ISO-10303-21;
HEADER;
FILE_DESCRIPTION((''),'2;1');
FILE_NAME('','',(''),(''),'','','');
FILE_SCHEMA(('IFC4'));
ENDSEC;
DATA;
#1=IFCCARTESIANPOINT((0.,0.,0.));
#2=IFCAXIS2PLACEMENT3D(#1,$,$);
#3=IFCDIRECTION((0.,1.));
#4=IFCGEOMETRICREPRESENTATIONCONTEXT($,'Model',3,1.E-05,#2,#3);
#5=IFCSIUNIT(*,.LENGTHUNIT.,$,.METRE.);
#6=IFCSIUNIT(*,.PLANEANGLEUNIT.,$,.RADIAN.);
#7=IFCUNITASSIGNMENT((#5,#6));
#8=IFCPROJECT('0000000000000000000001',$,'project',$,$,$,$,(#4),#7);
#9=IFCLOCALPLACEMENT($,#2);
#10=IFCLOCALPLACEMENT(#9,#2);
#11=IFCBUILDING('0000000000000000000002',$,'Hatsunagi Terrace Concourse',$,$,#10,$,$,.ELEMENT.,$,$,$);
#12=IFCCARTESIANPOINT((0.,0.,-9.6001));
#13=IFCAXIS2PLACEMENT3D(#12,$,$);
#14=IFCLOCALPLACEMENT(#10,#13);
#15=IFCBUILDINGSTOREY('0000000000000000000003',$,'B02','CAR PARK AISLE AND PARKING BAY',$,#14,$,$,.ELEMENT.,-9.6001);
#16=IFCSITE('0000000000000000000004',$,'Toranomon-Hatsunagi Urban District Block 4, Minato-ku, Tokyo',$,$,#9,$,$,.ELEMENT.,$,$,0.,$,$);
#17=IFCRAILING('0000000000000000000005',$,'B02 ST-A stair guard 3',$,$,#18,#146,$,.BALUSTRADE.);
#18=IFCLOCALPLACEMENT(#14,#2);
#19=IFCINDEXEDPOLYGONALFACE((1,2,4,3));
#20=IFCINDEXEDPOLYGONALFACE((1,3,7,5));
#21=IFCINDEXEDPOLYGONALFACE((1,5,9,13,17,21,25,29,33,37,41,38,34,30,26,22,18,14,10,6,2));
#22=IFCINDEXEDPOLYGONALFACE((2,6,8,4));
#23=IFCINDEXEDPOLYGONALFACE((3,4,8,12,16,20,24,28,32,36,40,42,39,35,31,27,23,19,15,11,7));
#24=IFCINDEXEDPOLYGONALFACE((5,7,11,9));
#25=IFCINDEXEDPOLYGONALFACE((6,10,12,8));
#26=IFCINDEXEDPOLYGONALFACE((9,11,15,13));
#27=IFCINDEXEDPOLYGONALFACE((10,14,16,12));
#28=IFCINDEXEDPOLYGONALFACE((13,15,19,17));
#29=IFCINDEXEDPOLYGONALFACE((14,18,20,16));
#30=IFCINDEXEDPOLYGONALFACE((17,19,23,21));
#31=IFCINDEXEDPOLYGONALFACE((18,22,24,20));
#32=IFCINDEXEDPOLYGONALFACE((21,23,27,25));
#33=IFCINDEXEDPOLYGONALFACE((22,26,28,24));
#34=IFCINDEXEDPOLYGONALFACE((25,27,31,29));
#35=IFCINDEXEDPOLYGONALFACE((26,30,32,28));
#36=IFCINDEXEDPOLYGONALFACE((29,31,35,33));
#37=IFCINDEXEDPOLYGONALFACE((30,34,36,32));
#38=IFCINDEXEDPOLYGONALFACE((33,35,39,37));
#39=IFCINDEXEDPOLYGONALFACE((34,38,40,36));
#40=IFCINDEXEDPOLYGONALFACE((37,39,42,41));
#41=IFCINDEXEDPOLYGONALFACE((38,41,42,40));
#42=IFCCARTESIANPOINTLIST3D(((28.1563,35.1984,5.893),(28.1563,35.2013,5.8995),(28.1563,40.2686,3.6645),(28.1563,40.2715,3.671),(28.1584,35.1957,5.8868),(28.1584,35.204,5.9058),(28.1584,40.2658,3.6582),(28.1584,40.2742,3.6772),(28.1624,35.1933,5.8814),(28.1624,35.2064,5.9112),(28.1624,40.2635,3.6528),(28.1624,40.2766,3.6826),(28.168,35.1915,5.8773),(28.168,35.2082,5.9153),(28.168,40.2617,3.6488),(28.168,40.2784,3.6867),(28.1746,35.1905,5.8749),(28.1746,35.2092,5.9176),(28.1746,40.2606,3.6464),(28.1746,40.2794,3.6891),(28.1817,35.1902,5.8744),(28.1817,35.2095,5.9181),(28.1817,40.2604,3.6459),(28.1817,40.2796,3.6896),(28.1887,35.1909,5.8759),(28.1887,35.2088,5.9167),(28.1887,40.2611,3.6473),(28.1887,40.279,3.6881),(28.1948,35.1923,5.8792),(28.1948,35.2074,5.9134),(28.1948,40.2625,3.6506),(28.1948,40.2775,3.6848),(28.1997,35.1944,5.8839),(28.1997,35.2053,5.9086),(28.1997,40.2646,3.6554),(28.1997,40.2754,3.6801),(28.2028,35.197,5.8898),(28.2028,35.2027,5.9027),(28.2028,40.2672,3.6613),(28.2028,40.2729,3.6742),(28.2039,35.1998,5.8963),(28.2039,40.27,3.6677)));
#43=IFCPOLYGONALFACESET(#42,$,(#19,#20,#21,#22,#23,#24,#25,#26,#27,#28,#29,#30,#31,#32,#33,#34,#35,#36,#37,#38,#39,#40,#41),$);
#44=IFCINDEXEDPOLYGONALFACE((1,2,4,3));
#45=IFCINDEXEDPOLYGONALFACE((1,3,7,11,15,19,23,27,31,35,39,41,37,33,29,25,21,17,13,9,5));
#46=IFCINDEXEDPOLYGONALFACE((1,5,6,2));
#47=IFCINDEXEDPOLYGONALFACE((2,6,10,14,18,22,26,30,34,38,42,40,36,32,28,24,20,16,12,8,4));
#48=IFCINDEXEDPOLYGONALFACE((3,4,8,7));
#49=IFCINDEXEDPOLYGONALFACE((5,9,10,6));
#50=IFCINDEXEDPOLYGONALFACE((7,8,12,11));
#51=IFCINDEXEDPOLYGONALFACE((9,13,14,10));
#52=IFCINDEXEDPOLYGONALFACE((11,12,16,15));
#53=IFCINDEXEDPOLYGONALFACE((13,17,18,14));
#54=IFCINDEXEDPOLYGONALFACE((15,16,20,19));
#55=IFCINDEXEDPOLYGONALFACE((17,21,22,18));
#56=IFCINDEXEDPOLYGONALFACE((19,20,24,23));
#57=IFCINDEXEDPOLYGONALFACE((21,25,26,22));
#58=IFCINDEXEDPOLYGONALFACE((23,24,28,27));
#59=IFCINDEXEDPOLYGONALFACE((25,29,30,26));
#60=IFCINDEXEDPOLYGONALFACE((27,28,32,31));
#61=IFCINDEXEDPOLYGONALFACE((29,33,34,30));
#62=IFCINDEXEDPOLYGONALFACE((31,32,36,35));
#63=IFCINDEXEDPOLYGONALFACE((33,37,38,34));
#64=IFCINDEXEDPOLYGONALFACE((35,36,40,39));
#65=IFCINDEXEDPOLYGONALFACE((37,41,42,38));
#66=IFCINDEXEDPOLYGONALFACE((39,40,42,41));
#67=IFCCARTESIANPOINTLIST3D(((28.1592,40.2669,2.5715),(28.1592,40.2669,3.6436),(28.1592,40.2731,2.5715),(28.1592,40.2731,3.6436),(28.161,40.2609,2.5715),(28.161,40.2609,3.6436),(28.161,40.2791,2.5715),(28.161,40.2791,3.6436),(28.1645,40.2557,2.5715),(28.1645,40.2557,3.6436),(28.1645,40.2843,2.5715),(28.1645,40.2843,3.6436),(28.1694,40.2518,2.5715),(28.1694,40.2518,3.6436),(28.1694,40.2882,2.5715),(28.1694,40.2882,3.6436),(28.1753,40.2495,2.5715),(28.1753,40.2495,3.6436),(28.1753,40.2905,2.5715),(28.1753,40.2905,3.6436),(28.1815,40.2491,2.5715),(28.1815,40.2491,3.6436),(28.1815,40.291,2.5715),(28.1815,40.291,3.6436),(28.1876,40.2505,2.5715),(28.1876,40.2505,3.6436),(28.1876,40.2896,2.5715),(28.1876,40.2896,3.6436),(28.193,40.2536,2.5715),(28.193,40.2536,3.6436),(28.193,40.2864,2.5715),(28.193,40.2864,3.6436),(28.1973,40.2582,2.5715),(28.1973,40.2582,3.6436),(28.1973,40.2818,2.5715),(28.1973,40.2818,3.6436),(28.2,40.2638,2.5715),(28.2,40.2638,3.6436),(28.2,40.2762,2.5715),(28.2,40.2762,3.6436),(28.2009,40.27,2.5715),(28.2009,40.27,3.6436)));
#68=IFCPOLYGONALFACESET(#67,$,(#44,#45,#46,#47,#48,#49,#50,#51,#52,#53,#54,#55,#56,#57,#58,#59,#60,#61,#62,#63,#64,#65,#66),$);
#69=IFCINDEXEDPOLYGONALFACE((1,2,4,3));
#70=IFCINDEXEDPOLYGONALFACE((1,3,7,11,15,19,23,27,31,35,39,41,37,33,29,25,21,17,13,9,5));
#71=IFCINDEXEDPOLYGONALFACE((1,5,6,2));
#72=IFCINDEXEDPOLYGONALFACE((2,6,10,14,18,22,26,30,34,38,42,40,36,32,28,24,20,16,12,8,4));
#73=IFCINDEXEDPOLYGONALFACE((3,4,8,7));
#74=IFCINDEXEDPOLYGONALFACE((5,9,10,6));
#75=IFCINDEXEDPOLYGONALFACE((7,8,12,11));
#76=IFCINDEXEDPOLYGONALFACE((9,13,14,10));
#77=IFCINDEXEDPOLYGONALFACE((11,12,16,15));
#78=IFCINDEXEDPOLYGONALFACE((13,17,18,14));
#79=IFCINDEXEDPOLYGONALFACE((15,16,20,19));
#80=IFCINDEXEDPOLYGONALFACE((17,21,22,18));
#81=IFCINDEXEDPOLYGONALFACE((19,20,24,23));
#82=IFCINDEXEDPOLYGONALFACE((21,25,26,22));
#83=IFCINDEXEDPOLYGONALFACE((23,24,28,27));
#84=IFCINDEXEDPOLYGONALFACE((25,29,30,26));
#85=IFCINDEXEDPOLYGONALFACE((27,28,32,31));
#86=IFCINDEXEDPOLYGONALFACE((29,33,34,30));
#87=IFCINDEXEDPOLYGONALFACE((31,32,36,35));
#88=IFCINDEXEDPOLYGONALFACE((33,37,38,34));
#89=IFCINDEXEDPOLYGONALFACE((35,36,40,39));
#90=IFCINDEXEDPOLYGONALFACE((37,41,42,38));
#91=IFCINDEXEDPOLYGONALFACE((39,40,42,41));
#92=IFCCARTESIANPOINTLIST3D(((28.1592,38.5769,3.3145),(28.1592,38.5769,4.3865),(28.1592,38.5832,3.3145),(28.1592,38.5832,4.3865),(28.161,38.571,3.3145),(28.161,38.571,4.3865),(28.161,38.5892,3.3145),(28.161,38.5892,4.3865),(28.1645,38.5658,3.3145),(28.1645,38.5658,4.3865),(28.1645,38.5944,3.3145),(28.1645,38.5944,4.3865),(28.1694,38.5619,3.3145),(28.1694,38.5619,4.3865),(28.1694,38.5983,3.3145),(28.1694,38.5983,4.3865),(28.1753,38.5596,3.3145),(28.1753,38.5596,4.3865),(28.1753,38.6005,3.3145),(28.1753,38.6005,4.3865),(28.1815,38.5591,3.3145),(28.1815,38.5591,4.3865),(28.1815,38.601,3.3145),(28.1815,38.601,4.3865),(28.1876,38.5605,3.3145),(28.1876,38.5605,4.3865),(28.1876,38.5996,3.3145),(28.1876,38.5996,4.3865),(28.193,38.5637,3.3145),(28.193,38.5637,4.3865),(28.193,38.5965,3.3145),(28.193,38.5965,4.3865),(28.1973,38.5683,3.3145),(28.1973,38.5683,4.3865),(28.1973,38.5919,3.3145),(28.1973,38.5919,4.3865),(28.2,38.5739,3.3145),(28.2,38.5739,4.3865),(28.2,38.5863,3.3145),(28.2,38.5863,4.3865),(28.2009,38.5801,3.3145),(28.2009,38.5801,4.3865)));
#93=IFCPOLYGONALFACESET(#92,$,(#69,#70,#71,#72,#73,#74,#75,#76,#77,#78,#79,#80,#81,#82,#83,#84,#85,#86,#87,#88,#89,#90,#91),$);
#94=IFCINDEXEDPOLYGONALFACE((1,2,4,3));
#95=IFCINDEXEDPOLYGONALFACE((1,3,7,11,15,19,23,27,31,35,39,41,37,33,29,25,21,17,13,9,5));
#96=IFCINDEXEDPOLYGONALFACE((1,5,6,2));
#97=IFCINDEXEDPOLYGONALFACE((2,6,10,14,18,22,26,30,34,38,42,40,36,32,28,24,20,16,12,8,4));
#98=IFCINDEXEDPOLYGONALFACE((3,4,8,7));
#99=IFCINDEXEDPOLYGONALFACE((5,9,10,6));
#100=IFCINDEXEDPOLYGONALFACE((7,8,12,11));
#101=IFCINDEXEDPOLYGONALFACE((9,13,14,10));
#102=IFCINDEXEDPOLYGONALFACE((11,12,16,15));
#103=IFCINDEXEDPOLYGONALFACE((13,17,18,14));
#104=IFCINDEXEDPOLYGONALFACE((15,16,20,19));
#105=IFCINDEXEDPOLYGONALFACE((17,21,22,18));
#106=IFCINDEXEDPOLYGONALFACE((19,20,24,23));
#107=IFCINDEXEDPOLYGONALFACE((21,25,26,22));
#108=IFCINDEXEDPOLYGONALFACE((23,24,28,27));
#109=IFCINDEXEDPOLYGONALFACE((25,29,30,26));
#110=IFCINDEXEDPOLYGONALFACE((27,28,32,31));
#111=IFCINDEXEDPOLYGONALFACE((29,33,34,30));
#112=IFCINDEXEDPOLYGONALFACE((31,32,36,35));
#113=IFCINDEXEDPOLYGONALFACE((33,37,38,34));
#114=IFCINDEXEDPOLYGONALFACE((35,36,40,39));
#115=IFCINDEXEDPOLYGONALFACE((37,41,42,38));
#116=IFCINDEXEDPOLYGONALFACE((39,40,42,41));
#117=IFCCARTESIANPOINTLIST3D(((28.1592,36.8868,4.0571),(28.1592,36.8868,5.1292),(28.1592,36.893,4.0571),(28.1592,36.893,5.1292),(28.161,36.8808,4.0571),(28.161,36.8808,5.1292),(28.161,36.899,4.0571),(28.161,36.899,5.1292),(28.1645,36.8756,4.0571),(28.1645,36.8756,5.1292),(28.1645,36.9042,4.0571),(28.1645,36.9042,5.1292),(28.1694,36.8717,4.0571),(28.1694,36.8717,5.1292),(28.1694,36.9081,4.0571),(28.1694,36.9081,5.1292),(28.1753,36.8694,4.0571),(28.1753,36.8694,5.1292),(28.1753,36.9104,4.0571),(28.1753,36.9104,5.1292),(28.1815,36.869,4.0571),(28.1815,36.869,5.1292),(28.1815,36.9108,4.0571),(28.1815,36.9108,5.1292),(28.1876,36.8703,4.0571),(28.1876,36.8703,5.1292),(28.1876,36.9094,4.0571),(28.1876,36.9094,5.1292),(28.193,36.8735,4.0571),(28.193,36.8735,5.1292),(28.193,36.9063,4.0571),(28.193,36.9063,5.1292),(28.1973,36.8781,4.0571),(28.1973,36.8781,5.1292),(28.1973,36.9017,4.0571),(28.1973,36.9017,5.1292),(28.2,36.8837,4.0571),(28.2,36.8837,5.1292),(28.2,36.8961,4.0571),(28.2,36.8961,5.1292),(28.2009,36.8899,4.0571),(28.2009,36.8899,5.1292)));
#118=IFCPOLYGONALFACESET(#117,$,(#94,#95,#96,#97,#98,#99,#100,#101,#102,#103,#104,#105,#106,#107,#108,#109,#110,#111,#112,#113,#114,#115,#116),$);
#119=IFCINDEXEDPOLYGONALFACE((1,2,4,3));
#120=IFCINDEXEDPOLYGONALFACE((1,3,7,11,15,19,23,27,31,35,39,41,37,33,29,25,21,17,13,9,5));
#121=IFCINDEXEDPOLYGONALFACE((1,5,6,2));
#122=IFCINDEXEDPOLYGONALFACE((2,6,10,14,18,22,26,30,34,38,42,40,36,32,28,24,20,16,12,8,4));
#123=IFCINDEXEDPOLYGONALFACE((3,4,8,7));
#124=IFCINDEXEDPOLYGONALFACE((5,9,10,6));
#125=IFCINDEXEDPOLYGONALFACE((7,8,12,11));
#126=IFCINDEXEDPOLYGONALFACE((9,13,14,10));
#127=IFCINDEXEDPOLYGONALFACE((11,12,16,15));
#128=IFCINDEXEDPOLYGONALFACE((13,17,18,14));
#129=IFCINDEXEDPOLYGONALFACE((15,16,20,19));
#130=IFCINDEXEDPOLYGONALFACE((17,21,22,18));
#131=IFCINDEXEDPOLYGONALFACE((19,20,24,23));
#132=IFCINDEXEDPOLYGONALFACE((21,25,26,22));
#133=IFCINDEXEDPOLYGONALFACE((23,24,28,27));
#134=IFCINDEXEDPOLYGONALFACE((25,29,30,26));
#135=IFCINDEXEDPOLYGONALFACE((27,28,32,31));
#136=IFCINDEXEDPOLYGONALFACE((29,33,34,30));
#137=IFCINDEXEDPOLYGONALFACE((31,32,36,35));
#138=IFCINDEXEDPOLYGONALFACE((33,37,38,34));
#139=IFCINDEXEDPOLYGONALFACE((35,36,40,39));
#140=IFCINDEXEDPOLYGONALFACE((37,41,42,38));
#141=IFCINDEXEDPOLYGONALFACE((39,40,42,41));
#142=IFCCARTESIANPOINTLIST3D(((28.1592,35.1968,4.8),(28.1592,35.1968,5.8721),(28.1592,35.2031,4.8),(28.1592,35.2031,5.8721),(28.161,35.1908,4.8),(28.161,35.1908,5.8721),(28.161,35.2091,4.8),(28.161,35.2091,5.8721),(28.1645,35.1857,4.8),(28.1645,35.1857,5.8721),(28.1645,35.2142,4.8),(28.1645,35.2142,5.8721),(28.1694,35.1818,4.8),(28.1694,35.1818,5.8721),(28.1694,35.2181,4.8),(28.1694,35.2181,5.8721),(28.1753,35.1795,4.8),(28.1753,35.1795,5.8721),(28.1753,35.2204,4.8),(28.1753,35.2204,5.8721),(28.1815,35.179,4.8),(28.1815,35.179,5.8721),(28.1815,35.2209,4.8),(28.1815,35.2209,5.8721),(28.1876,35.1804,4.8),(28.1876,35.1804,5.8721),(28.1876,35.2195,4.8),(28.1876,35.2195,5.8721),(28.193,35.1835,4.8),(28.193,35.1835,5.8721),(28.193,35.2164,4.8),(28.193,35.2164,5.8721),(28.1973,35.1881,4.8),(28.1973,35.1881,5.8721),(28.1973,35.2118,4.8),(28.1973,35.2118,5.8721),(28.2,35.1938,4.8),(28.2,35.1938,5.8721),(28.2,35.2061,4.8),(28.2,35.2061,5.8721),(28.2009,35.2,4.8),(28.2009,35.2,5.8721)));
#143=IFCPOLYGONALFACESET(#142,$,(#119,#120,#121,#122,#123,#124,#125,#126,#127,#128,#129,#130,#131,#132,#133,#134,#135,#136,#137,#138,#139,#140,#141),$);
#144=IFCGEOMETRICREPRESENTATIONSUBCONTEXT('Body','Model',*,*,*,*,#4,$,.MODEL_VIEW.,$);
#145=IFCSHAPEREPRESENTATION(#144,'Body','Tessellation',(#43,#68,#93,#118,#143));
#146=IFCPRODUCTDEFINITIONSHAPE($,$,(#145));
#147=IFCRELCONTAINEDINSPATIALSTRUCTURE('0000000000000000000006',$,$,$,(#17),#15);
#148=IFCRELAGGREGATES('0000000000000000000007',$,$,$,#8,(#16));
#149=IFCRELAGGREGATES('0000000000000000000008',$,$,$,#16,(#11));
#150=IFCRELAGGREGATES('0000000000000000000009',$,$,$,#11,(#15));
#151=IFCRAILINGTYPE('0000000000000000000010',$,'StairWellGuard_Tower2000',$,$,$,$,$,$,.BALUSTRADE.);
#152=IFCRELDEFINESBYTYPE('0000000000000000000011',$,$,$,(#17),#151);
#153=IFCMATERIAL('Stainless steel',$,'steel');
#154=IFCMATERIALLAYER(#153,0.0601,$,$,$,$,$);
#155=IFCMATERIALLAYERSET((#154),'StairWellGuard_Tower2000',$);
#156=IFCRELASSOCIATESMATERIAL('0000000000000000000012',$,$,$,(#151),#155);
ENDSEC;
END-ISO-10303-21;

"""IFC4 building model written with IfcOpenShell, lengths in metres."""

from ifc_helpers import new_model, si_unit, direction, frame, origin, origin_2d, place, context, subcontext, project, spatial, circle, extrude, material, layer, layer_set, type_object, element, save


model = new_model("IFC4")

# Units and contexts
model_context = context("Model", 3, precision=1e-05, world=origin(), true_north=direction((0.0, 1.0)))
body_context = subcontext(model_context, "Body", "Model", "MODEL_VIEW")
ifc_project = project(units=[si_unit("LENGTHUNIT", "METRE"), si_unit("PLANEANGLEUNIT", "RADIAN")], contexts=[model_context])

# Site, building, storey
site_placement = place(None, origin())
site = spatial("IfcSite", under=ifc_project, at=site_placement, Name="Toranomon-Hatsunagi Urban District Block 4, Minato-ku, Tokyo", CompositionType="ELEMENT", RefElevation=0.0)
building_placement = place(site_placement, origin())
building = spatial("IfcBuilding", under=site, at=building_placement, Name="Hatsunagi Terrace Concourse", CompositionType="ELEMENT")
storey_placement = place(building_placement, frame((0.0, 0.0, -9.6001)))
storey = spatial("IfcBuildingStorey", under=building, at=storey_placement, Name="B02", Description="CAR PARK AISLE AND PARKING BAY", CompositionType="ELEMENT", Elevation=-9.6001)

# Railing
ifc_material_1 = material(Name="Stainless steel", Category="steel")
ifc_layer_1 = layer(ifc_material_1, 0.0601)
ifc_layer_set_1 = layer_set([ifc_layer_1], Name="StairWellGuard_Tower2000")
railing_type_1 = type_object("IfcRailingType", Name="StairWellGuard_Tower2000", PredefinedType="BALUSTRADE", material=ifc_layer_set_1)
railing_1_placement = place(storey_placement, frame((28.1799, 40.27, 2.5715)))
element("IfcRailing", 1, at=railing_1_placement, inside=storey, type_object=railing_type_1, Name="B02 ST-A stair guard 3", PredefinedType="BALUSTRADE", context=body_context, shape_type="SweptSolid", body=[
    extrude(circle(Radius=0.0239, at=origin_2d()), frame((0.0, 0.0, 1.0962), z_axis=(0.0, -0.915469, 0.402388), x_axis=(1.0, 0.0, 0.0)), (0.0, 0.0, 1.0), 5.5383),
    extrude(circle(Radius=0.021, at=origin_2d()), origin(), (0.0, 0.0, 1.0), 1.072),
    extrude(circle(Radius=0.021, at=origin_2d()), frame((0.0, -1.6899, 0.7429)), (0.0, 0.0, 1.0), 1.072),
    extrude(circle(Radius=0.021, at=origin_2d()), frame((0.0, -3.3801, 1.4856)), (0.0, 0.0, 1.0), 1.072),
    extrude(circle(Radius=0.021, at=origin_2d()), frame((0.0, -5.0701, 2.2285)), (0.0, 0.0, 1.0), 1.072),
])

save(model, "model.ifc")
